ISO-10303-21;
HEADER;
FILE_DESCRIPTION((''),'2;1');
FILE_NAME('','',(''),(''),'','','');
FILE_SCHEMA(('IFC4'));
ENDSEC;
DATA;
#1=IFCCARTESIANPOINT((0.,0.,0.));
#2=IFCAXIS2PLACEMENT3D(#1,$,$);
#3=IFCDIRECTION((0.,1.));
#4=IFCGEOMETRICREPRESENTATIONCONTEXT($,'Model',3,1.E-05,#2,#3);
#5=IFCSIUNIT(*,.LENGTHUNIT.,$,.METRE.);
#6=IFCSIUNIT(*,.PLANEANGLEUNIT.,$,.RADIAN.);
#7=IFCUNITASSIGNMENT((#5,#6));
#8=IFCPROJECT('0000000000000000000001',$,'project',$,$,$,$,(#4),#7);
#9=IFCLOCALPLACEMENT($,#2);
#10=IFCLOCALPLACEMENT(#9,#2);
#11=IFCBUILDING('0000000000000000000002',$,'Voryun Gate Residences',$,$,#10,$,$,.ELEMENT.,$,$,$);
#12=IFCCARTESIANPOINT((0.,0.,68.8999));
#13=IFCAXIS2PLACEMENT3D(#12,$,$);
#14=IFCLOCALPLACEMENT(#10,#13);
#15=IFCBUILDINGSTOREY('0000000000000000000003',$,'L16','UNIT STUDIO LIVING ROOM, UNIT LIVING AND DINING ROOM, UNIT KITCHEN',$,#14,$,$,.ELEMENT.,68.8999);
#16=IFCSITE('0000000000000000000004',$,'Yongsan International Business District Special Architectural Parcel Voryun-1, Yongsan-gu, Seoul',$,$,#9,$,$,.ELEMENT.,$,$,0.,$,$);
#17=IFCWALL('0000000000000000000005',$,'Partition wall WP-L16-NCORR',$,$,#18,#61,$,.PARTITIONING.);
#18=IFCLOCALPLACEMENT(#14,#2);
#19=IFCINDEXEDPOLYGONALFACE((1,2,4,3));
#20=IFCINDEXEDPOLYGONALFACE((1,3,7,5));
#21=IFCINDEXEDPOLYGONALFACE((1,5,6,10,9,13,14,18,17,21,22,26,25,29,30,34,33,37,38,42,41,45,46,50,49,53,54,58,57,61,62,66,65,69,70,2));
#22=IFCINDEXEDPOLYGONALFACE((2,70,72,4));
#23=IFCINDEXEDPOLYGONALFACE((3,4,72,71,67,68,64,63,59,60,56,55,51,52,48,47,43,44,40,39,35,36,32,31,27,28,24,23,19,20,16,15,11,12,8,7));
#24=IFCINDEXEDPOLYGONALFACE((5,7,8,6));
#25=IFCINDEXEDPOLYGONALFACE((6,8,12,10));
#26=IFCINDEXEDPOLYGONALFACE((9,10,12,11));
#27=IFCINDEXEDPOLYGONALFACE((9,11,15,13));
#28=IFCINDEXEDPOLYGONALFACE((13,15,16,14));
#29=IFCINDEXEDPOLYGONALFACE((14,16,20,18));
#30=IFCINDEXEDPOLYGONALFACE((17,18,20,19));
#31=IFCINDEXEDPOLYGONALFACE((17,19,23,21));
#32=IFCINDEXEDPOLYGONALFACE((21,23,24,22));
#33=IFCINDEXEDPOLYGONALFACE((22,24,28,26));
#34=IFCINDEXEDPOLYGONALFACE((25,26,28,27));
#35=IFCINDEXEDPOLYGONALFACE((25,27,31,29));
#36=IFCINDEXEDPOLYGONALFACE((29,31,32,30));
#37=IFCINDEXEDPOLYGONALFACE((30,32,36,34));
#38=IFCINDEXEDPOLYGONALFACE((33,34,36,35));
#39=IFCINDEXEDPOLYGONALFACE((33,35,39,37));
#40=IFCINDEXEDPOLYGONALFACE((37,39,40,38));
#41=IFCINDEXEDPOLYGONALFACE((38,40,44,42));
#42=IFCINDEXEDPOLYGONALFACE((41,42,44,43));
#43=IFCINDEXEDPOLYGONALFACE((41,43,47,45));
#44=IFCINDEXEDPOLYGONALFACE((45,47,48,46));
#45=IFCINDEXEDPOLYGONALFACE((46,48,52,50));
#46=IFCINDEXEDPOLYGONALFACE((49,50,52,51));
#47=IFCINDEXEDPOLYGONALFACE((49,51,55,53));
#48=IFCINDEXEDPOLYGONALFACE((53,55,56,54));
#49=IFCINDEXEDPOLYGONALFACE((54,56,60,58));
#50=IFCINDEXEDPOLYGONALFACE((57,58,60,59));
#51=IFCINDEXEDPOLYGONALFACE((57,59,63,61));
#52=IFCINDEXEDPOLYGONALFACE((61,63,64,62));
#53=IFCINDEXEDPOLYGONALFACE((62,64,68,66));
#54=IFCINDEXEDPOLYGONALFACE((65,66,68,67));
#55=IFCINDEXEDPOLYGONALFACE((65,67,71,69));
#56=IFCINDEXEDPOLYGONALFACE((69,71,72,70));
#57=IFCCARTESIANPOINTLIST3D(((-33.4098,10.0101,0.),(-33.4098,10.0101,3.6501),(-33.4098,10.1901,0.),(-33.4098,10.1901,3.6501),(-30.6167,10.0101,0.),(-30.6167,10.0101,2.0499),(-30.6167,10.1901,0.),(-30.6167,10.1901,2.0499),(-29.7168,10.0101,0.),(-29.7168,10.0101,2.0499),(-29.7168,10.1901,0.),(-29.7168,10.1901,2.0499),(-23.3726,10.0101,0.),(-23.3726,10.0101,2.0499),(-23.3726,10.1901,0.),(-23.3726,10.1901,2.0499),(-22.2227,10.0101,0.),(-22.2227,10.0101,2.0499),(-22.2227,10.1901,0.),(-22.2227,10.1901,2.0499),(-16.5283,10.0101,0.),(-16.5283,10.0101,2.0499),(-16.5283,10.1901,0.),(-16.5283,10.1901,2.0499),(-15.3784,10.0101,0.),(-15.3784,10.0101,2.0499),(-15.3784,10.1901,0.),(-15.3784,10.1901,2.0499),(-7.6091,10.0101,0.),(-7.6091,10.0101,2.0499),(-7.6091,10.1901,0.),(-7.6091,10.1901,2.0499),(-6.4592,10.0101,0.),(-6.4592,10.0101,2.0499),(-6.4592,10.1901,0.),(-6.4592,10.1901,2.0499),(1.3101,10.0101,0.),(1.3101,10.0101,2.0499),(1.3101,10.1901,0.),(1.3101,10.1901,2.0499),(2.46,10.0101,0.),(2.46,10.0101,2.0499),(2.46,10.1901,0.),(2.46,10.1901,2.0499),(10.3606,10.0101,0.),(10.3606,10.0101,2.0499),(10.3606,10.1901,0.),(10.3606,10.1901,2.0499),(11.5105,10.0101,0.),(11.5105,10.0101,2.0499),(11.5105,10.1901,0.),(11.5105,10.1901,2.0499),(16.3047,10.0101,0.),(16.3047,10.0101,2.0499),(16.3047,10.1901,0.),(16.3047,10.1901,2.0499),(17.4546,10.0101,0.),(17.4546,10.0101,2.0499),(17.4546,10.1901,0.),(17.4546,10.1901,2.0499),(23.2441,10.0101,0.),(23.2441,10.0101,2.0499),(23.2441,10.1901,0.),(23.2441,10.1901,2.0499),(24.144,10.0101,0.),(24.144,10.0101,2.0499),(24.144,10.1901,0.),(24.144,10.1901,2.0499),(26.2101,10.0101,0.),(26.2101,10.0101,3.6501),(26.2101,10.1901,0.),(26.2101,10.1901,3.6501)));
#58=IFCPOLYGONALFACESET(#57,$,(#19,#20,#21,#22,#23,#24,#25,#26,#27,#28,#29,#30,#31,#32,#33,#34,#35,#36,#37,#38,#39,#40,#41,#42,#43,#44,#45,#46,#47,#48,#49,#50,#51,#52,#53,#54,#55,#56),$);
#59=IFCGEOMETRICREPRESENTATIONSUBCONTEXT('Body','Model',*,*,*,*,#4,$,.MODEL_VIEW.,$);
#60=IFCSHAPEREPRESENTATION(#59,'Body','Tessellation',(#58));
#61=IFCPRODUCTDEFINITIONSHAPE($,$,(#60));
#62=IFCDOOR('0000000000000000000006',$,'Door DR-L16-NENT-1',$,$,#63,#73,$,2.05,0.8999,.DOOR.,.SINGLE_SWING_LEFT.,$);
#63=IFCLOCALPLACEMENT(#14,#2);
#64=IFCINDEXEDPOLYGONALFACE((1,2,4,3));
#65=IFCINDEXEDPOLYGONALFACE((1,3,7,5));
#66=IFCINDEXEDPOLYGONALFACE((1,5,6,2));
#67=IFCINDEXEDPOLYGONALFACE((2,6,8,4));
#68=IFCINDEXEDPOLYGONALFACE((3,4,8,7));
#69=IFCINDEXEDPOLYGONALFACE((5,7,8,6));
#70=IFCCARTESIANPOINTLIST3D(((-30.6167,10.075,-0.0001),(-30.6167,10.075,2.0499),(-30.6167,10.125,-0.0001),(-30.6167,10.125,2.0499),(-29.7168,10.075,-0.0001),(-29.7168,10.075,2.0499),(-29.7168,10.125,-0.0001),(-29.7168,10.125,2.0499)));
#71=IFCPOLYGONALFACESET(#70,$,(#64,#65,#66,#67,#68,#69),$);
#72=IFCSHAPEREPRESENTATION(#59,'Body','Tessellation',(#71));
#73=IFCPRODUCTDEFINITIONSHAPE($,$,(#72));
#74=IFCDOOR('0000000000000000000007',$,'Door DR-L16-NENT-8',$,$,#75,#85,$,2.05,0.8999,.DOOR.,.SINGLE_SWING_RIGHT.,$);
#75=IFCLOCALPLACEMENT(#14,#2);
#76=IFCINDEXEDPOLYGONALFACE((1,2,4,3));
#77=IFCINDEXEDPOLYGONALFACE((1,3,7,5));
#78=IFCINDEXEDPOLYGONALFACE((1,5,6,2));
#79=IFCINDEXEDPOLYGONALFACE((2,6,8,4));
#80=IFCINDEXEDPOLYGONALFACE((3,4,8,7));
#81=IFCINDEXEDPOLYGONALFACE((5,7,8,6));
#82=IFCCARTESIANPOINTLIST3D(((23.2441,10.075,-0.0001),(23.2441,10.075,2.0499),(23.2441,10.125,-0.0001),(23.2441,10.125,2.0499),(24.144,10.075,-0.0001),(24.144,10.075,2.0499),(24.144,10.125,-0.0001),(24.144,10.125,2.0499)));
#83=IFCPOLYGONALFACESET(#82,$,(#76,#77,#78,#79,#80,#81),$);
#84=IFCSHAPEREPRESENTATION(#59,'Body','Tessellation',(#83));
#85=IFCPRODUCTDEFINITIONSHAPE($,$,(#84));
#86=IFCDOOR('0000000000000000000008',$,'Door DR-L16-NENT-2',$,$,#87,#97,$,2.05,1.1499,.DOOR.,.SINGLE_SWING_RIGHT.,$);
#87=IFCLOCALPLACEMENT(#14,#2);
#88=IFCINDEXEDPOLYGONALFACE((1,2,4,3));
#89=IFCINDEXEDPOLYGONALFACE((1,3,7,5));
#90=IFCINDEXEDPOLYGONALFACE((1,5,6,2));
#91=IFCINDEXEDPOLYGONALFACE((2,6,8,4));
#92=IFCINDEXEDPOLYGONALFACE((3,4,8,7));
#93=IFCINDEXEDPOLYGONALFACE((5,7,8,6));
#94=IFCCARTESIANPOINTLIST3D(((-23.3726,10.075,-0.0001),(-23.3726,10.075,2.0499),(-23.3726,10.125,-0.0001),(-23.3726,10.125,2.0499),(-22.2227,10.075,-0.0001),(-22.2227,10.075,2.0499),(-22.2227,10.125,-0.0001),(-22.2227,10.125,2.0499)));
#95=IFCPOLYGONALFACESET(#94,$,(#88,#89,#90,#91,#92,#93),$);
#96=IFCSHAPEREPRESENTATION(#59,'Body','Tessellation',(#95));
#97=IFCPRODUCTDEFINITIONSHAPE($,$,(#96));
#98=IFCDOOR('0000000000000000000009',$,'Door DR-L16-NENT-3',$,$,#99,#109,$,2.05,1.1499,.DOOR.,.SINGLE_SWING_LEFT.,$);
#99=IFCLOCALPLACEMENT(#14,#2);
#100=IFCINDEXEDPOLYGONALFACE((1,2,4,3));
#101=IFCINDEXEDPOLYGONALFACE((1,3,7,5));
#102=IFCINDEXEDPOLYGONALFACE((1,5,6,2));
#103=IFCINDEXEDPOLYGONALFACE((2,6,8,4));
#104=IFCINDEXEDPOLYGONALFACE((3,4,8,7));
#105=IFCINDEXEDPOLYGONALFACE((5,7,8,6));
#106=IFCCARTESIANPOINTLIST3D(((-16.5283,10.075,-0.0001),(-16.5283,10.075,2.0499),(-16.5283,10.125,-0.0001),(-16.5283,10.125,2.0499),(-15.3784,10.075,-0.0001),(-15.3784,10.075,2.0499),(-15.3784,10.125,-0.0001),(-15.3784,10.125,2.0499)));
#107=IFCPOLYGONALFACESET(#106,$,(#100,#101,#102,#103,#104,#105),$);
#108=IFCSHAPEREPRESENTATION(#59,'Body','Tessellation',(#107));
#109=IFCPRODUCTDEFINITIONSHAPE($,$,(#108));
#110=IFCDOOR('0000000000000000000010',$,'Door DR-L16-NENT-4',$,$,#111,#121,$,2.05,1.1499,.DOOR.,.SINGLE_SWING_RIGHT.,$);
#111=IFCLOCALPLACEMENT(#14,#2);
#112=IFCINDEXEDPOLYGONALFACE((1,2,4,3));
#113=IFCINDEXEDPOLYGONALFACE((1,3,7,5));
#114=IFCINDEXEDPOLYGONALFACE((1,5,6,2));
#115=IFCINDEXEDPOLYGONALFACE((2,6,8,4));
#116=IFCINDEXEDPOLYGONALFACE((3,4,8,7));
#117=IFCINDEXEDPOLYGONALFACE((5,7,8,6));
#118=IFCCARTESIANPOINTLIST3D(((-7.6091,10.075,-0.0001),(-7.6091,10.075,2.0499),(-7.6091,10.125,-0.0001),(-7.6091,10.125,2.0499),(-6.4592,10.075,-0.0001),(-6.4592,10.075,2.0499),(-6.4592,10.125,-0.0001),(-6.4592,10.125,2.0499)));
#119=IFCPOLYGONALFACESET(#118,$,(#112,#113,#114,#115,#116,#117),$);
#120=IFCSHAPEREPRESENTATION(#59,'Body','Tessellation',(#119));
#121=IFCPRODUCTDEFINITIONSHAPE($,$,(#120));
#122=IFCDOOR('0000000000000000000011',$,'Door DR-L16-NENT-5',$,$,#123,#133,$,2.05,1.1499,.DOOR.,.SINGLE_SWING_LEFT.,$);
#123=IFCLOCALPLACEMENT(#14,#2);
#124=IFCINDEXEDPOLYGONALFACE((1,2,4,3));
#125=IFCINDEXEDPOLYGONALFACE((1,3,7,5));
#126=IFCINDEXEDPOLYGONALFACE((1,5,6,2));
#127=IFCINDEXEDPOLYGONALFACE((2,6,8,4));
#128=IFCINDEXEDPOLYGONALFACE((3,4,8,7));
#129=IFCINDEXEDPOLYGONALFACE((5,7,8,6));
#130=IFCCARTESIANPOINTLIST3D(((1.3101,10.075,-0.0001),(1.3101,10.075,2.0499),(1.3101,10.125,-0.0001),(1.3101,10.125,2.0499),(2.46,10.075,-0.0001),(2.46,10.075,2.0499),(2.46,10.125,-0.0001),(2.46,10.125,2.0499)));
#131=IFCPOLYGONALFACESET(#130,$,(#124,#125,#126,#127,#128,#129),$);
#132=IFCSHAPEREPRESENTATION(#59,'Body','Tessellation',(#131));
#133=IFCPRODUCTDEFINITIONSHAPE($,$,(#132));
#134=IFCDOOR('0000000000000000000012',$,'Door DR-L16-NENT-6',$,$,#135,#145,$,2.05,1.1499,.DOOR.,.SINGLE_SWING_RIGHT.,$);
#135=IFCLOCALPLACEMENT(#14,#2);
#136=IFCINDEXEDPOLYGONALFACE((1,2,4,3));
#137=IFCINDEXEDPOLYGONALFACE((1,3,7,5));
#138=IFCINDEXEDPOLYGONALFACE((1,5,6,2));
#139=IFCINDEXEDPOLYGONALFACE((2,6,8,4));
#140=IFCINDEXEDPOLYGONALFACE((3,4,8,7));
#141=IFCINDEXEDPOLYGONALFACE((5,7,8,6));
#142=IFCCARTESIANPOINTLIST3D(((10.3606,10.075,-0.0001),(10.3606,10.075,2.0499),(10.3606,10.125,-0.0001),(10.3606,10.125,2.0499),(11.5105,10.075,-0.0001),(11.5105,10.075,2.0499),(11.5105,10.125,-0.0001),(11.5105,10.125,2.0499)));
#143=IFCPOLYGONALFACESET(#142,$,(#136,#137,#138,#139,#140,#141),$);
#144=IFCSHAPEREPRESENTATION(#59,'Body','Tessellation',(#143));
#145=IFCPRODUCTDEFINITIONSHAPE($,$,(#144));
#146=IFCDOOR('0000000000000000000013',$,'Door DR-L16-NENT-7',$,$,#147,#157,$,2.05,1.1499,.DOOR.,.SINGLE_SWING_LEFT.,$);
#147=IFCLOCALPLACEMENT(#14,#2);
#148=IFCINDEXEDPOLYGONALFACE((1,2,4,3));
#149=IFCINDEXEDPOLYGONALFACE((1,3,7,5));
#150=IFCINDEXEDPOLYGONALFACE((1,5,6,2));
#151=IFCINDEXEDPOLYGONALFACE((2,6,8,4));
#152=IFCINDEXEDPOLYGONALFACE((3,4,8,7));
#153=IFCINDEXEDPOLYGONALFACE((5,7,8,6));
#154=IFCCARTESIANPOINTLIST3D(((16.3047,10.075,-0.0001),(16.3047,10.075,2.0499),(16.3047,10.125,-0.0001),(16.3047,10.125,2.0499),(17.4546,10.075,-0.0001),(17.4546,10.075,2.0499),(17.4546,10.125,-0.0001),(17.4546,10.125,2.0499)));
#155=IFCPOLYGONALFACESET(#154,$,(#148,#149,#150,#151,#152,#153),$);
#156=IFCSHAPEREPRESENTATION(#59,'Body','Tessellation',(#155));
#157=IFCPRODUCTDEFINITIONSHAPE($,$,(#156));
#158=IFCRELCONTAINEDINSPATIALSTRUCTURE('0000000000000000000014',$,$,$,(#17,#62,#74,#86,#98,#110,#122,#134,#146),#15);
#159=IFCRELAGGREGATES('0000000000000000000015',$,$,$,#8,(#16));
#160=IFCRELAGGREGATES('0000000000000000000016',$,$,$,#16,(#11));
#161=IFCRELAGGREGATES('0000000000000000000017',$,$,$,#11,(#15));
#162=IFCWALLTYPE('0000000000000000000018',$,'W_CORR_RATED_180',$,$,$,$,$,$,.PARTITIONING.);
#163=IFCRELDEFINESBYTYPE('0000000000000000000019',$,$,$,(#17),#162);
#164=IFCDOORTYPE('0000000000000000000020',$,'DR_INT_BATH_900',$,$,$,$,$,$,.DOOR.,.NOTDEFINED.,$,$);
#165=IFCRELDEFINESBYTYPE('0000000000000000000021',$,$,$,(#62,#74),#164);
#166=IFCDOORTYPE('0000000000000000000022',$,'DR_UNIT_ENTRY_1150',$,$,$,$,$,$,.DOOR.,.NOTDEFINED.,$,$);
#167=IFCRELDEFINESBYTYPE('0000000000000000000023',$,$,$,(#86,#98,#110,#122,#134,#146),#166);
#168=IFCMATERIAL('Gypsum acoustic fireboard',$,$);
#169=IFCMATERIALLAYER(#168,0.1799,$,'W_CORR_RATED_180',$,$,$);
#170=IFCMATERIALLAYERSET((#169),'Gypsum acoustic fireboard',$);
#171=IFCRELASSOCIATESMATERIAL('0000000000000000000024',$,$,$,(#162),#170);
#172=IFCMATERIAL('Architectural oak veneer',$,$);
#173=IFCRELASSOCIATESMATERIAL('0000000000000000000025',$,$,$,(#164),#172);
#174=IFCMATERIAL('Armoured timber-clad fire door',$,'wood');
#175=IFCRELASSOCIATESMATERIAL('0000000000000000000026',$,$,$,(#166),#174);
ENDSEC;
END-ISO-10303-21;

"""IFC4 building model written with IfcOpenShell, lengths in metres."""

from ifc_helpers import new_model, si_unit, direction, frame, frame_2d, origin, place, context, subcontext, project, spatial, rectangle, extrude, material, layer, layer_set, type_object, element, fill, save


model = new_model("IFC4")

# Units and contexts
model_context = context("Model", 3, precision=1e-05, world=origin(), true_north=direction((0.0, 1.0)))
body_context = subcontext(model_context, "Body", "Model", "MODEL_VIEW")
ifc_project = project(units=[si_unit("LENGTHUNIT", "METRE"), si_unit("PLANEANGLEUNIT", "RADIAN")], contexts=[model_context])

# Site, building, storey
site_placement = place(None, origin())
site = spatial("IfcSite", under=ifc_project, at=site_placement, Name="Yongsan International Business District Special Architectural Parcel Voryun-1, Yongsan-gu, Seoul", CompositionType="ELEMENT", RefElevation=0.0)
building_placement = place(site_placement, origin())
building = spatial("IfcBuilding", under=site, at=building_placement, Name="Voryun Gate Residences", CompositionType="ELEMENT")
storey_placement = place(building_placement, frame((0.0, 0.0, 68.8999)))
storey = spatial("IfcBuildingStorey", under=building, at=storey_placement, Name="L16", Description="UNIT STUDIO LIVING ROOM, UNIT LIVING AND DINING ROOM, UNIT KITCHEN", CompositionType="ELEMENT", Elevation=68.8999)

# Wall, openings, doors
ifc_material_1 = material(Name="Gypsum acoustic fireboard")
ifc_layer_1 = layer(ifc_material_1, 0.1799, Name="W_CORR_RATED_180")
ifc_layer_set_1 = layer_set([ifc_layer_1], Name="Gypsum acoustic fireboard")
wall_type_1 = type_object("IfcWallType", Name="W_CORR_RATED_180", PredefinedType="PARTITIONING", material=ifc_layer_set_1)
wall_1_placement = place(storey_placement, frame((-33.4099, 10.1001, 0.0), z_axis=(0.0, 0.0, 1.0), x_axis=(1.0, 0.0, 0.0)))
wall_1 = element("IfcWall", 1, at=wall_1_placement, inside=storey, type_object=wall_type_1, Name="Partition wall WP-L16-NCORR", PredefinedType="PARTITIONING", context=body_context, shape_type="SweptSolid", body=[
    extrude(rectangle(XDim=59.6199, YDim=0.1799, at=frame_2d((29.8101, 0.0))), origin(), (0.0, 0.0, 1.0), 3.6501),
])
opening_1_placement = place(wall_1_placement, frame((2.7932, 0.0, 0.0)))
opening_1 = element("IfcOpeningElement", 2, at=opening_1_placement, cuts=wall_1, PredefinedType="OPENING", context=body_context, shape_type="SweptSolid", body=[
    extrude(rectangle(XDim=0.8999, YDim=2.05, at=frame_2d((0.45, 1.0249))), frame((0.0, 0.0999, 0.0), z_axis=(0.0, -1.0, 0.0), x_axis=(1.0, 0.0, 0.0)), (0.0, 0.0, 1.0), 0.2),
])
opening_2_placement = place(wall_1_placement, frame((10.0374, 0.0, 0.0)))
opening_2 = element("IfcOpeningElement", 3, at=opening_2_placement, cuts=wall_1, PredefinedType="OPENING", context=body_context, shape_type="SweptSolid", body=[
    extrude(rectangle(XDim=1.1499, YDim=2.05, at=frame_2d((0.575, 1.0249))), frame((0.0, 0.0999, 0.0), z_axis=(0.0, -1.0, 0.0), x_axis=(1.0, 0.0, 0.0)), (0.0, 0.0, 1.0), 0.2),
])
opening_3_placement = place(wall_1_placement, frame((16.8816, 0.0, 0.0)))
opening_3 = element("IfcOpeningElement", 4, at=opening_3_placement, cuts=wall_1, PredefinedType="OPENING", context=body_context, shape_type="SweptSolid", body=[
    extrude(rectangle(XDim=1.1499, YDim=2.05, at=frame_2d((0.575, 1.0249))), frame((0.0, 0.0999, 0.0), z_axis=(0.0, -1.0, 0.0), x_axis=(1.0, 0.0, 0.0)), (0.0, 0.0, 1.0), 0.2),
])
opening_4_placement = place(wall_1_placement, frame((25.8008, 0.0, 0.0)))
opening_4 = element("IfcOpeningElement", 5, at=opening_4_placement, cuts=wall_1, PredefinedType="OPENING", context=body_context, shape_type="SweptSolid", body=[
    extrude(rectangle(XDim=1.1499, YDim=2.05, at=frame_2d((0.575, 1.0249))), frame((0.0, 0.0999, 0.0), z_axis=(0.0, -1.0, 0.0), x_axis=(1.0, 0.0, 0.0)), (0.0, 0.0, 1.0), 0.2),
])
opening_5_placement = place(wall_1_placement, frame((34.72, 0.0, 0.0)))
opening_5 = element("IfcOpeningElement", 6, at=opening_5_placement, cuts=wall_1, PredefinedType="OPENING", context=body_context, shape_type="SweptSolid", body=[
    extrude(rectangle(XDim=1.1499, YDim=2.05, at=frame_2d((0.575, 1.0249))), frame((0.0, 0.0999, 0.0), z_axis=(0.0, -1.0, 0.0), x_axis=(1.0, 0.0, 0.0)), (0.0, 0.0, 1.0), 0.2),
])
opening_6_placement = place(wall_1_placement, frame((43.7705, 0.0, 0.0)))
opening_6 = element("IfcOpeningElement", 7, at=opening_6_placement, cuts=wall_1, PredefinedType="OPENING", context=body_context, shape_type="SweptSolid", body=[
    extrude(rectangle(XDim=1.1499, YDim=2.05, at=frame_2d((0.575, 1.0249))), frame((0.0, 0.0999, 0.0), z_axis=(0.0, -1.0, 0.0), x_axis=(1.0, 0.0, 0.0)), (0.0, 0.0, 1.0), 0.2),
])
opening_7_placement = place(wall_1_placement, frame((49.7146, 0.0, 0.0)))
opening_7 = element("IfcOpeningElement", 8, at=opening_7_placement, cuts=wall_1, PredefinedType="OPENING", context=body_context, shape_type="SweptSolid", body=[
    extrude(rectangle(XDim=1.1499, YDim=2.05, at=frame_2d((0.575, 1.0249))), frame((0.0, 0.0999, 0.0), z_axis=(0.0, -1.0, 0.0), x_axis=(1.0, 0.0, 0.0)), (0.0, 0.0, 1.0), 0.2),
])
opening_8_placement = place(wall_1_placement, frame((56.6541, 0.0, 0.0)))
opening_8 = element("IfcOpeningElement", 9, at=opening_8_placement, cuts=wall_1, PredefinedType="OPENING", context=body_context, shape_type="SweptSolid", body=[
    extrude(rectangle(XDim=0.8999, YDim=2.05, at=frame_2d((0.45, 1.0249))), frame((0.0, 0.0999, 0.0), z_axis=(0.0, -1.0, 0.0), x_axis=(1.0, 0.0, 0.0)), (0.0, 0.0, 1.0), 0.2),
])
ifc_material_2 = material(Name="Architectural oak veneer")
door_type_1 = type_object("IfcDoorType", Name="DR_INT_BATH_900", OperationType="NOTDEFINED", PredefinedType="DOOR", material=ifc_material_2)
door_1_placement = place(opening_1_placement, origin())
door_1 = element("IfcDoor", 10, at=door_1_placement, inside=storey, type_object=door_type_1, Name="Door DR-L16-NENT-1", OperationType="SINGLE_SWING_LEFT", OverallHeight=2.05, OverallWidth=0.8999, PredefinedType="DOOR", context=body_context, shape_type="SweptSolid", body=[
    extrude(rectangle(XDim=0.8999, YDim=2.05, at=frame_2d((0.45, 1.0249))), frame((0.0, 0.0249, 0.0), z_axis=(0.0, -1.0, 0.0), x_axis=(1.0, 0.0, 0.0)), (0.0, 0.0, 1.0), 0.05),
])
fill(opening_1, door_1)
door_2_placement = place(opening_8_placement, origin())
door_2 = element("IfcDoor", 11, at=door_2_placement, inside=storey, type_object=door_type_1, Name="Door DR-L16-NENT-8", OperationType="SINGLE_SWING_RIGHT", OverallHeight=2.05, OverallWidth=0.8999, PredefinedType="DOOR", context=body_context, shape_type="SweptSolid", body=[
    extrude(rectangle(XDim=0.8999, YDim=2.05, at=frame_2d((0.45, 1.0249))), frame((0.0, 0.0249, 0.0), z_axis=(0.0, -1.0, 0.0), x_axis=(1.0, 0.0, 0.0)), (0.0, 0.0, 1.0), 0.05),
])
fill(opening_8, door_2)
ifc_material_3 = material(Name="Armoured timber-clad fire door", Category="wood")
door_type_2 = type_object("IfcDoorType", Name="DR_UNIT_ENTRY_1150", OperationType="NOTDEFINED", PredefinedType="DOOR", material=ifc_material_3)
door_3_placement = place(opening_2_placement, origin())
door_3 = element("IfcDoor", 12, at=door_3_placement, inside=storey, type_object=door_type_2, Name="Door DR-L16-NENT-2", OperationType="SINGLE_SWING_RIGHT", OverallHeight=2.05, OverallWidth=1.1499, PredefinedType="DOOR", context=body_context, shape_type="SweptSolid", body=[
    extrude(rectangle(XDim=1.1499, YDim=2.05, at=frame_2d((0.575, 1.0249))), frame((0.0, 0.0249, 0.0), z_axis=(0.0, -1.0, 0.0), x_axis=(1.0, 0.0, 0.0)), (0.0, 0.0, 1.0), 0.05),
])
fill(opening_2, door_3)
door_4_placement = place(opening_3_placement, origin())
door_4 = element("IfcDoor", 13, at=door_4_placement, inside=storey, type_object=door_type_2, Name="Door DR-L16-NENT-3", OperationType="SINGLE_SWING_LEFT", OverallHeight=2.05, OverallWidth=1.1499, PredefinedType="DOOR", context=body_context, shape_type="SweptSolid", body=[
    extrude(rectangle(XDim=1.1499, YDim=2.05, at=frame_2d((0.575, 1.0249))), frame((0.0, 0.0249, 0.0), z_axis=(0.0, -1.0, 0.0), x_axis=(1.0, 0.0, 0.0)), (0.0, 0.0, 1.0), 0.05),
])
fill(opening_3, door_4)
door_5_placement = place(opening_4_placement, origin())
door_5 = element("IfcDoor", 14, at=door_5_placement, inside=storey, type_object=door_type_2, Name="Door DR-L16-NENT-4", OperationType="SINGLE_SWING_RIGHT", OverallHeight=2.05, OverallWidth=1.1499, PredefinedType="DOOR", context=body_context, shape_type="SweptSolid", body=[
    extrude(rectangle(XDim=1.1499, YDim=2.05, at=frame_2d((0.575, 1.0249))), frame((0.0, 0.0249, 0.0), z_axis=(0.0, -1.0, 0.0), x_axis=(1.0, 0.0, 0.0)), (0.0, 0.0, 1.0), 0.05),
])
fill(opening_4, door_5)
door_6_placement = place(opening_5_placement, origin())
door_6 = element("IfcDoor", 15, at=door_6_placement, inside=storey, type_object=door_type_2, Name="Door DR-L16-NENT-5", OperationType="SINGLE_SWING_LEFT", OverallHeight=2.05, OverallWidth=1.1499, PredefinedType="DOOR", context=body_context, shape_type="SweptSolid", body=[
    extrude(rectangle(XDim=1.1499, YDim=2.05, at=frame_2d((0.575, 1.0249))), frame((0.0, 0.0249, 0.0), z_axis=(0.0, -1.0, 0.0), x_axis=(1.0, 0.0, 0.0)), (0.0, 0.0, 1.0), 0.05),
])
fill(opening_5, door_6)
door_7_placement = place(opening_6_placement, origin())
door_7 = element("IfcDoor", 16, at=door_7_placement, inside=storey, type_object=door_type_2, Name="Door DR-L16-NENT-6", OperationType="SINGLE_SWING_RIGHT", OverallHeight=2.05, OverallWidth=1.1499, PredefinedType="DOOR", context=body_context, shape_type="SweptSolid", body=[
    extrude(rectangle(XDim=1.1499, YDim=2.05, at=frame_2d((0.575, 1.0249))), frame((0.0, 0.0249, 0.0), z_axis=(0.0, -1.0, 0.0), x_axis=(1.0, 0.0, 0.0)), (0.0, 0.0, 1.0), 0.05),
])
fill(opening_6, door_7)
door_8_placement = place(opening_7_placement, origin())
door_8 = element("IfcDoor", 17, at=door_8_placement, inside=storey, type_object=door_type_2, Name="Door DR-L16-NENT-7", OperationType="SINGLE_SWING_LEFT", OverallHeight=2.05, OverallWidth=1.1499, PredefinedType="DOOR", context=body_context, shape_type="SweptSolid", body=[
    extrude(rectangle(XDim=1.1499, YDim=2.05, at=frame_2d((0.575, 1.0249))), frame((0.0, 0.0249, 0.0), z_axis=(0.0, -1.0, 0.0), x_axis=(1.0, 0.0, 0.0)), (0.0, 0.0, 1.0), 0.05),
])
fill(opening_7, door_8)

save(model, "model.ifc")
